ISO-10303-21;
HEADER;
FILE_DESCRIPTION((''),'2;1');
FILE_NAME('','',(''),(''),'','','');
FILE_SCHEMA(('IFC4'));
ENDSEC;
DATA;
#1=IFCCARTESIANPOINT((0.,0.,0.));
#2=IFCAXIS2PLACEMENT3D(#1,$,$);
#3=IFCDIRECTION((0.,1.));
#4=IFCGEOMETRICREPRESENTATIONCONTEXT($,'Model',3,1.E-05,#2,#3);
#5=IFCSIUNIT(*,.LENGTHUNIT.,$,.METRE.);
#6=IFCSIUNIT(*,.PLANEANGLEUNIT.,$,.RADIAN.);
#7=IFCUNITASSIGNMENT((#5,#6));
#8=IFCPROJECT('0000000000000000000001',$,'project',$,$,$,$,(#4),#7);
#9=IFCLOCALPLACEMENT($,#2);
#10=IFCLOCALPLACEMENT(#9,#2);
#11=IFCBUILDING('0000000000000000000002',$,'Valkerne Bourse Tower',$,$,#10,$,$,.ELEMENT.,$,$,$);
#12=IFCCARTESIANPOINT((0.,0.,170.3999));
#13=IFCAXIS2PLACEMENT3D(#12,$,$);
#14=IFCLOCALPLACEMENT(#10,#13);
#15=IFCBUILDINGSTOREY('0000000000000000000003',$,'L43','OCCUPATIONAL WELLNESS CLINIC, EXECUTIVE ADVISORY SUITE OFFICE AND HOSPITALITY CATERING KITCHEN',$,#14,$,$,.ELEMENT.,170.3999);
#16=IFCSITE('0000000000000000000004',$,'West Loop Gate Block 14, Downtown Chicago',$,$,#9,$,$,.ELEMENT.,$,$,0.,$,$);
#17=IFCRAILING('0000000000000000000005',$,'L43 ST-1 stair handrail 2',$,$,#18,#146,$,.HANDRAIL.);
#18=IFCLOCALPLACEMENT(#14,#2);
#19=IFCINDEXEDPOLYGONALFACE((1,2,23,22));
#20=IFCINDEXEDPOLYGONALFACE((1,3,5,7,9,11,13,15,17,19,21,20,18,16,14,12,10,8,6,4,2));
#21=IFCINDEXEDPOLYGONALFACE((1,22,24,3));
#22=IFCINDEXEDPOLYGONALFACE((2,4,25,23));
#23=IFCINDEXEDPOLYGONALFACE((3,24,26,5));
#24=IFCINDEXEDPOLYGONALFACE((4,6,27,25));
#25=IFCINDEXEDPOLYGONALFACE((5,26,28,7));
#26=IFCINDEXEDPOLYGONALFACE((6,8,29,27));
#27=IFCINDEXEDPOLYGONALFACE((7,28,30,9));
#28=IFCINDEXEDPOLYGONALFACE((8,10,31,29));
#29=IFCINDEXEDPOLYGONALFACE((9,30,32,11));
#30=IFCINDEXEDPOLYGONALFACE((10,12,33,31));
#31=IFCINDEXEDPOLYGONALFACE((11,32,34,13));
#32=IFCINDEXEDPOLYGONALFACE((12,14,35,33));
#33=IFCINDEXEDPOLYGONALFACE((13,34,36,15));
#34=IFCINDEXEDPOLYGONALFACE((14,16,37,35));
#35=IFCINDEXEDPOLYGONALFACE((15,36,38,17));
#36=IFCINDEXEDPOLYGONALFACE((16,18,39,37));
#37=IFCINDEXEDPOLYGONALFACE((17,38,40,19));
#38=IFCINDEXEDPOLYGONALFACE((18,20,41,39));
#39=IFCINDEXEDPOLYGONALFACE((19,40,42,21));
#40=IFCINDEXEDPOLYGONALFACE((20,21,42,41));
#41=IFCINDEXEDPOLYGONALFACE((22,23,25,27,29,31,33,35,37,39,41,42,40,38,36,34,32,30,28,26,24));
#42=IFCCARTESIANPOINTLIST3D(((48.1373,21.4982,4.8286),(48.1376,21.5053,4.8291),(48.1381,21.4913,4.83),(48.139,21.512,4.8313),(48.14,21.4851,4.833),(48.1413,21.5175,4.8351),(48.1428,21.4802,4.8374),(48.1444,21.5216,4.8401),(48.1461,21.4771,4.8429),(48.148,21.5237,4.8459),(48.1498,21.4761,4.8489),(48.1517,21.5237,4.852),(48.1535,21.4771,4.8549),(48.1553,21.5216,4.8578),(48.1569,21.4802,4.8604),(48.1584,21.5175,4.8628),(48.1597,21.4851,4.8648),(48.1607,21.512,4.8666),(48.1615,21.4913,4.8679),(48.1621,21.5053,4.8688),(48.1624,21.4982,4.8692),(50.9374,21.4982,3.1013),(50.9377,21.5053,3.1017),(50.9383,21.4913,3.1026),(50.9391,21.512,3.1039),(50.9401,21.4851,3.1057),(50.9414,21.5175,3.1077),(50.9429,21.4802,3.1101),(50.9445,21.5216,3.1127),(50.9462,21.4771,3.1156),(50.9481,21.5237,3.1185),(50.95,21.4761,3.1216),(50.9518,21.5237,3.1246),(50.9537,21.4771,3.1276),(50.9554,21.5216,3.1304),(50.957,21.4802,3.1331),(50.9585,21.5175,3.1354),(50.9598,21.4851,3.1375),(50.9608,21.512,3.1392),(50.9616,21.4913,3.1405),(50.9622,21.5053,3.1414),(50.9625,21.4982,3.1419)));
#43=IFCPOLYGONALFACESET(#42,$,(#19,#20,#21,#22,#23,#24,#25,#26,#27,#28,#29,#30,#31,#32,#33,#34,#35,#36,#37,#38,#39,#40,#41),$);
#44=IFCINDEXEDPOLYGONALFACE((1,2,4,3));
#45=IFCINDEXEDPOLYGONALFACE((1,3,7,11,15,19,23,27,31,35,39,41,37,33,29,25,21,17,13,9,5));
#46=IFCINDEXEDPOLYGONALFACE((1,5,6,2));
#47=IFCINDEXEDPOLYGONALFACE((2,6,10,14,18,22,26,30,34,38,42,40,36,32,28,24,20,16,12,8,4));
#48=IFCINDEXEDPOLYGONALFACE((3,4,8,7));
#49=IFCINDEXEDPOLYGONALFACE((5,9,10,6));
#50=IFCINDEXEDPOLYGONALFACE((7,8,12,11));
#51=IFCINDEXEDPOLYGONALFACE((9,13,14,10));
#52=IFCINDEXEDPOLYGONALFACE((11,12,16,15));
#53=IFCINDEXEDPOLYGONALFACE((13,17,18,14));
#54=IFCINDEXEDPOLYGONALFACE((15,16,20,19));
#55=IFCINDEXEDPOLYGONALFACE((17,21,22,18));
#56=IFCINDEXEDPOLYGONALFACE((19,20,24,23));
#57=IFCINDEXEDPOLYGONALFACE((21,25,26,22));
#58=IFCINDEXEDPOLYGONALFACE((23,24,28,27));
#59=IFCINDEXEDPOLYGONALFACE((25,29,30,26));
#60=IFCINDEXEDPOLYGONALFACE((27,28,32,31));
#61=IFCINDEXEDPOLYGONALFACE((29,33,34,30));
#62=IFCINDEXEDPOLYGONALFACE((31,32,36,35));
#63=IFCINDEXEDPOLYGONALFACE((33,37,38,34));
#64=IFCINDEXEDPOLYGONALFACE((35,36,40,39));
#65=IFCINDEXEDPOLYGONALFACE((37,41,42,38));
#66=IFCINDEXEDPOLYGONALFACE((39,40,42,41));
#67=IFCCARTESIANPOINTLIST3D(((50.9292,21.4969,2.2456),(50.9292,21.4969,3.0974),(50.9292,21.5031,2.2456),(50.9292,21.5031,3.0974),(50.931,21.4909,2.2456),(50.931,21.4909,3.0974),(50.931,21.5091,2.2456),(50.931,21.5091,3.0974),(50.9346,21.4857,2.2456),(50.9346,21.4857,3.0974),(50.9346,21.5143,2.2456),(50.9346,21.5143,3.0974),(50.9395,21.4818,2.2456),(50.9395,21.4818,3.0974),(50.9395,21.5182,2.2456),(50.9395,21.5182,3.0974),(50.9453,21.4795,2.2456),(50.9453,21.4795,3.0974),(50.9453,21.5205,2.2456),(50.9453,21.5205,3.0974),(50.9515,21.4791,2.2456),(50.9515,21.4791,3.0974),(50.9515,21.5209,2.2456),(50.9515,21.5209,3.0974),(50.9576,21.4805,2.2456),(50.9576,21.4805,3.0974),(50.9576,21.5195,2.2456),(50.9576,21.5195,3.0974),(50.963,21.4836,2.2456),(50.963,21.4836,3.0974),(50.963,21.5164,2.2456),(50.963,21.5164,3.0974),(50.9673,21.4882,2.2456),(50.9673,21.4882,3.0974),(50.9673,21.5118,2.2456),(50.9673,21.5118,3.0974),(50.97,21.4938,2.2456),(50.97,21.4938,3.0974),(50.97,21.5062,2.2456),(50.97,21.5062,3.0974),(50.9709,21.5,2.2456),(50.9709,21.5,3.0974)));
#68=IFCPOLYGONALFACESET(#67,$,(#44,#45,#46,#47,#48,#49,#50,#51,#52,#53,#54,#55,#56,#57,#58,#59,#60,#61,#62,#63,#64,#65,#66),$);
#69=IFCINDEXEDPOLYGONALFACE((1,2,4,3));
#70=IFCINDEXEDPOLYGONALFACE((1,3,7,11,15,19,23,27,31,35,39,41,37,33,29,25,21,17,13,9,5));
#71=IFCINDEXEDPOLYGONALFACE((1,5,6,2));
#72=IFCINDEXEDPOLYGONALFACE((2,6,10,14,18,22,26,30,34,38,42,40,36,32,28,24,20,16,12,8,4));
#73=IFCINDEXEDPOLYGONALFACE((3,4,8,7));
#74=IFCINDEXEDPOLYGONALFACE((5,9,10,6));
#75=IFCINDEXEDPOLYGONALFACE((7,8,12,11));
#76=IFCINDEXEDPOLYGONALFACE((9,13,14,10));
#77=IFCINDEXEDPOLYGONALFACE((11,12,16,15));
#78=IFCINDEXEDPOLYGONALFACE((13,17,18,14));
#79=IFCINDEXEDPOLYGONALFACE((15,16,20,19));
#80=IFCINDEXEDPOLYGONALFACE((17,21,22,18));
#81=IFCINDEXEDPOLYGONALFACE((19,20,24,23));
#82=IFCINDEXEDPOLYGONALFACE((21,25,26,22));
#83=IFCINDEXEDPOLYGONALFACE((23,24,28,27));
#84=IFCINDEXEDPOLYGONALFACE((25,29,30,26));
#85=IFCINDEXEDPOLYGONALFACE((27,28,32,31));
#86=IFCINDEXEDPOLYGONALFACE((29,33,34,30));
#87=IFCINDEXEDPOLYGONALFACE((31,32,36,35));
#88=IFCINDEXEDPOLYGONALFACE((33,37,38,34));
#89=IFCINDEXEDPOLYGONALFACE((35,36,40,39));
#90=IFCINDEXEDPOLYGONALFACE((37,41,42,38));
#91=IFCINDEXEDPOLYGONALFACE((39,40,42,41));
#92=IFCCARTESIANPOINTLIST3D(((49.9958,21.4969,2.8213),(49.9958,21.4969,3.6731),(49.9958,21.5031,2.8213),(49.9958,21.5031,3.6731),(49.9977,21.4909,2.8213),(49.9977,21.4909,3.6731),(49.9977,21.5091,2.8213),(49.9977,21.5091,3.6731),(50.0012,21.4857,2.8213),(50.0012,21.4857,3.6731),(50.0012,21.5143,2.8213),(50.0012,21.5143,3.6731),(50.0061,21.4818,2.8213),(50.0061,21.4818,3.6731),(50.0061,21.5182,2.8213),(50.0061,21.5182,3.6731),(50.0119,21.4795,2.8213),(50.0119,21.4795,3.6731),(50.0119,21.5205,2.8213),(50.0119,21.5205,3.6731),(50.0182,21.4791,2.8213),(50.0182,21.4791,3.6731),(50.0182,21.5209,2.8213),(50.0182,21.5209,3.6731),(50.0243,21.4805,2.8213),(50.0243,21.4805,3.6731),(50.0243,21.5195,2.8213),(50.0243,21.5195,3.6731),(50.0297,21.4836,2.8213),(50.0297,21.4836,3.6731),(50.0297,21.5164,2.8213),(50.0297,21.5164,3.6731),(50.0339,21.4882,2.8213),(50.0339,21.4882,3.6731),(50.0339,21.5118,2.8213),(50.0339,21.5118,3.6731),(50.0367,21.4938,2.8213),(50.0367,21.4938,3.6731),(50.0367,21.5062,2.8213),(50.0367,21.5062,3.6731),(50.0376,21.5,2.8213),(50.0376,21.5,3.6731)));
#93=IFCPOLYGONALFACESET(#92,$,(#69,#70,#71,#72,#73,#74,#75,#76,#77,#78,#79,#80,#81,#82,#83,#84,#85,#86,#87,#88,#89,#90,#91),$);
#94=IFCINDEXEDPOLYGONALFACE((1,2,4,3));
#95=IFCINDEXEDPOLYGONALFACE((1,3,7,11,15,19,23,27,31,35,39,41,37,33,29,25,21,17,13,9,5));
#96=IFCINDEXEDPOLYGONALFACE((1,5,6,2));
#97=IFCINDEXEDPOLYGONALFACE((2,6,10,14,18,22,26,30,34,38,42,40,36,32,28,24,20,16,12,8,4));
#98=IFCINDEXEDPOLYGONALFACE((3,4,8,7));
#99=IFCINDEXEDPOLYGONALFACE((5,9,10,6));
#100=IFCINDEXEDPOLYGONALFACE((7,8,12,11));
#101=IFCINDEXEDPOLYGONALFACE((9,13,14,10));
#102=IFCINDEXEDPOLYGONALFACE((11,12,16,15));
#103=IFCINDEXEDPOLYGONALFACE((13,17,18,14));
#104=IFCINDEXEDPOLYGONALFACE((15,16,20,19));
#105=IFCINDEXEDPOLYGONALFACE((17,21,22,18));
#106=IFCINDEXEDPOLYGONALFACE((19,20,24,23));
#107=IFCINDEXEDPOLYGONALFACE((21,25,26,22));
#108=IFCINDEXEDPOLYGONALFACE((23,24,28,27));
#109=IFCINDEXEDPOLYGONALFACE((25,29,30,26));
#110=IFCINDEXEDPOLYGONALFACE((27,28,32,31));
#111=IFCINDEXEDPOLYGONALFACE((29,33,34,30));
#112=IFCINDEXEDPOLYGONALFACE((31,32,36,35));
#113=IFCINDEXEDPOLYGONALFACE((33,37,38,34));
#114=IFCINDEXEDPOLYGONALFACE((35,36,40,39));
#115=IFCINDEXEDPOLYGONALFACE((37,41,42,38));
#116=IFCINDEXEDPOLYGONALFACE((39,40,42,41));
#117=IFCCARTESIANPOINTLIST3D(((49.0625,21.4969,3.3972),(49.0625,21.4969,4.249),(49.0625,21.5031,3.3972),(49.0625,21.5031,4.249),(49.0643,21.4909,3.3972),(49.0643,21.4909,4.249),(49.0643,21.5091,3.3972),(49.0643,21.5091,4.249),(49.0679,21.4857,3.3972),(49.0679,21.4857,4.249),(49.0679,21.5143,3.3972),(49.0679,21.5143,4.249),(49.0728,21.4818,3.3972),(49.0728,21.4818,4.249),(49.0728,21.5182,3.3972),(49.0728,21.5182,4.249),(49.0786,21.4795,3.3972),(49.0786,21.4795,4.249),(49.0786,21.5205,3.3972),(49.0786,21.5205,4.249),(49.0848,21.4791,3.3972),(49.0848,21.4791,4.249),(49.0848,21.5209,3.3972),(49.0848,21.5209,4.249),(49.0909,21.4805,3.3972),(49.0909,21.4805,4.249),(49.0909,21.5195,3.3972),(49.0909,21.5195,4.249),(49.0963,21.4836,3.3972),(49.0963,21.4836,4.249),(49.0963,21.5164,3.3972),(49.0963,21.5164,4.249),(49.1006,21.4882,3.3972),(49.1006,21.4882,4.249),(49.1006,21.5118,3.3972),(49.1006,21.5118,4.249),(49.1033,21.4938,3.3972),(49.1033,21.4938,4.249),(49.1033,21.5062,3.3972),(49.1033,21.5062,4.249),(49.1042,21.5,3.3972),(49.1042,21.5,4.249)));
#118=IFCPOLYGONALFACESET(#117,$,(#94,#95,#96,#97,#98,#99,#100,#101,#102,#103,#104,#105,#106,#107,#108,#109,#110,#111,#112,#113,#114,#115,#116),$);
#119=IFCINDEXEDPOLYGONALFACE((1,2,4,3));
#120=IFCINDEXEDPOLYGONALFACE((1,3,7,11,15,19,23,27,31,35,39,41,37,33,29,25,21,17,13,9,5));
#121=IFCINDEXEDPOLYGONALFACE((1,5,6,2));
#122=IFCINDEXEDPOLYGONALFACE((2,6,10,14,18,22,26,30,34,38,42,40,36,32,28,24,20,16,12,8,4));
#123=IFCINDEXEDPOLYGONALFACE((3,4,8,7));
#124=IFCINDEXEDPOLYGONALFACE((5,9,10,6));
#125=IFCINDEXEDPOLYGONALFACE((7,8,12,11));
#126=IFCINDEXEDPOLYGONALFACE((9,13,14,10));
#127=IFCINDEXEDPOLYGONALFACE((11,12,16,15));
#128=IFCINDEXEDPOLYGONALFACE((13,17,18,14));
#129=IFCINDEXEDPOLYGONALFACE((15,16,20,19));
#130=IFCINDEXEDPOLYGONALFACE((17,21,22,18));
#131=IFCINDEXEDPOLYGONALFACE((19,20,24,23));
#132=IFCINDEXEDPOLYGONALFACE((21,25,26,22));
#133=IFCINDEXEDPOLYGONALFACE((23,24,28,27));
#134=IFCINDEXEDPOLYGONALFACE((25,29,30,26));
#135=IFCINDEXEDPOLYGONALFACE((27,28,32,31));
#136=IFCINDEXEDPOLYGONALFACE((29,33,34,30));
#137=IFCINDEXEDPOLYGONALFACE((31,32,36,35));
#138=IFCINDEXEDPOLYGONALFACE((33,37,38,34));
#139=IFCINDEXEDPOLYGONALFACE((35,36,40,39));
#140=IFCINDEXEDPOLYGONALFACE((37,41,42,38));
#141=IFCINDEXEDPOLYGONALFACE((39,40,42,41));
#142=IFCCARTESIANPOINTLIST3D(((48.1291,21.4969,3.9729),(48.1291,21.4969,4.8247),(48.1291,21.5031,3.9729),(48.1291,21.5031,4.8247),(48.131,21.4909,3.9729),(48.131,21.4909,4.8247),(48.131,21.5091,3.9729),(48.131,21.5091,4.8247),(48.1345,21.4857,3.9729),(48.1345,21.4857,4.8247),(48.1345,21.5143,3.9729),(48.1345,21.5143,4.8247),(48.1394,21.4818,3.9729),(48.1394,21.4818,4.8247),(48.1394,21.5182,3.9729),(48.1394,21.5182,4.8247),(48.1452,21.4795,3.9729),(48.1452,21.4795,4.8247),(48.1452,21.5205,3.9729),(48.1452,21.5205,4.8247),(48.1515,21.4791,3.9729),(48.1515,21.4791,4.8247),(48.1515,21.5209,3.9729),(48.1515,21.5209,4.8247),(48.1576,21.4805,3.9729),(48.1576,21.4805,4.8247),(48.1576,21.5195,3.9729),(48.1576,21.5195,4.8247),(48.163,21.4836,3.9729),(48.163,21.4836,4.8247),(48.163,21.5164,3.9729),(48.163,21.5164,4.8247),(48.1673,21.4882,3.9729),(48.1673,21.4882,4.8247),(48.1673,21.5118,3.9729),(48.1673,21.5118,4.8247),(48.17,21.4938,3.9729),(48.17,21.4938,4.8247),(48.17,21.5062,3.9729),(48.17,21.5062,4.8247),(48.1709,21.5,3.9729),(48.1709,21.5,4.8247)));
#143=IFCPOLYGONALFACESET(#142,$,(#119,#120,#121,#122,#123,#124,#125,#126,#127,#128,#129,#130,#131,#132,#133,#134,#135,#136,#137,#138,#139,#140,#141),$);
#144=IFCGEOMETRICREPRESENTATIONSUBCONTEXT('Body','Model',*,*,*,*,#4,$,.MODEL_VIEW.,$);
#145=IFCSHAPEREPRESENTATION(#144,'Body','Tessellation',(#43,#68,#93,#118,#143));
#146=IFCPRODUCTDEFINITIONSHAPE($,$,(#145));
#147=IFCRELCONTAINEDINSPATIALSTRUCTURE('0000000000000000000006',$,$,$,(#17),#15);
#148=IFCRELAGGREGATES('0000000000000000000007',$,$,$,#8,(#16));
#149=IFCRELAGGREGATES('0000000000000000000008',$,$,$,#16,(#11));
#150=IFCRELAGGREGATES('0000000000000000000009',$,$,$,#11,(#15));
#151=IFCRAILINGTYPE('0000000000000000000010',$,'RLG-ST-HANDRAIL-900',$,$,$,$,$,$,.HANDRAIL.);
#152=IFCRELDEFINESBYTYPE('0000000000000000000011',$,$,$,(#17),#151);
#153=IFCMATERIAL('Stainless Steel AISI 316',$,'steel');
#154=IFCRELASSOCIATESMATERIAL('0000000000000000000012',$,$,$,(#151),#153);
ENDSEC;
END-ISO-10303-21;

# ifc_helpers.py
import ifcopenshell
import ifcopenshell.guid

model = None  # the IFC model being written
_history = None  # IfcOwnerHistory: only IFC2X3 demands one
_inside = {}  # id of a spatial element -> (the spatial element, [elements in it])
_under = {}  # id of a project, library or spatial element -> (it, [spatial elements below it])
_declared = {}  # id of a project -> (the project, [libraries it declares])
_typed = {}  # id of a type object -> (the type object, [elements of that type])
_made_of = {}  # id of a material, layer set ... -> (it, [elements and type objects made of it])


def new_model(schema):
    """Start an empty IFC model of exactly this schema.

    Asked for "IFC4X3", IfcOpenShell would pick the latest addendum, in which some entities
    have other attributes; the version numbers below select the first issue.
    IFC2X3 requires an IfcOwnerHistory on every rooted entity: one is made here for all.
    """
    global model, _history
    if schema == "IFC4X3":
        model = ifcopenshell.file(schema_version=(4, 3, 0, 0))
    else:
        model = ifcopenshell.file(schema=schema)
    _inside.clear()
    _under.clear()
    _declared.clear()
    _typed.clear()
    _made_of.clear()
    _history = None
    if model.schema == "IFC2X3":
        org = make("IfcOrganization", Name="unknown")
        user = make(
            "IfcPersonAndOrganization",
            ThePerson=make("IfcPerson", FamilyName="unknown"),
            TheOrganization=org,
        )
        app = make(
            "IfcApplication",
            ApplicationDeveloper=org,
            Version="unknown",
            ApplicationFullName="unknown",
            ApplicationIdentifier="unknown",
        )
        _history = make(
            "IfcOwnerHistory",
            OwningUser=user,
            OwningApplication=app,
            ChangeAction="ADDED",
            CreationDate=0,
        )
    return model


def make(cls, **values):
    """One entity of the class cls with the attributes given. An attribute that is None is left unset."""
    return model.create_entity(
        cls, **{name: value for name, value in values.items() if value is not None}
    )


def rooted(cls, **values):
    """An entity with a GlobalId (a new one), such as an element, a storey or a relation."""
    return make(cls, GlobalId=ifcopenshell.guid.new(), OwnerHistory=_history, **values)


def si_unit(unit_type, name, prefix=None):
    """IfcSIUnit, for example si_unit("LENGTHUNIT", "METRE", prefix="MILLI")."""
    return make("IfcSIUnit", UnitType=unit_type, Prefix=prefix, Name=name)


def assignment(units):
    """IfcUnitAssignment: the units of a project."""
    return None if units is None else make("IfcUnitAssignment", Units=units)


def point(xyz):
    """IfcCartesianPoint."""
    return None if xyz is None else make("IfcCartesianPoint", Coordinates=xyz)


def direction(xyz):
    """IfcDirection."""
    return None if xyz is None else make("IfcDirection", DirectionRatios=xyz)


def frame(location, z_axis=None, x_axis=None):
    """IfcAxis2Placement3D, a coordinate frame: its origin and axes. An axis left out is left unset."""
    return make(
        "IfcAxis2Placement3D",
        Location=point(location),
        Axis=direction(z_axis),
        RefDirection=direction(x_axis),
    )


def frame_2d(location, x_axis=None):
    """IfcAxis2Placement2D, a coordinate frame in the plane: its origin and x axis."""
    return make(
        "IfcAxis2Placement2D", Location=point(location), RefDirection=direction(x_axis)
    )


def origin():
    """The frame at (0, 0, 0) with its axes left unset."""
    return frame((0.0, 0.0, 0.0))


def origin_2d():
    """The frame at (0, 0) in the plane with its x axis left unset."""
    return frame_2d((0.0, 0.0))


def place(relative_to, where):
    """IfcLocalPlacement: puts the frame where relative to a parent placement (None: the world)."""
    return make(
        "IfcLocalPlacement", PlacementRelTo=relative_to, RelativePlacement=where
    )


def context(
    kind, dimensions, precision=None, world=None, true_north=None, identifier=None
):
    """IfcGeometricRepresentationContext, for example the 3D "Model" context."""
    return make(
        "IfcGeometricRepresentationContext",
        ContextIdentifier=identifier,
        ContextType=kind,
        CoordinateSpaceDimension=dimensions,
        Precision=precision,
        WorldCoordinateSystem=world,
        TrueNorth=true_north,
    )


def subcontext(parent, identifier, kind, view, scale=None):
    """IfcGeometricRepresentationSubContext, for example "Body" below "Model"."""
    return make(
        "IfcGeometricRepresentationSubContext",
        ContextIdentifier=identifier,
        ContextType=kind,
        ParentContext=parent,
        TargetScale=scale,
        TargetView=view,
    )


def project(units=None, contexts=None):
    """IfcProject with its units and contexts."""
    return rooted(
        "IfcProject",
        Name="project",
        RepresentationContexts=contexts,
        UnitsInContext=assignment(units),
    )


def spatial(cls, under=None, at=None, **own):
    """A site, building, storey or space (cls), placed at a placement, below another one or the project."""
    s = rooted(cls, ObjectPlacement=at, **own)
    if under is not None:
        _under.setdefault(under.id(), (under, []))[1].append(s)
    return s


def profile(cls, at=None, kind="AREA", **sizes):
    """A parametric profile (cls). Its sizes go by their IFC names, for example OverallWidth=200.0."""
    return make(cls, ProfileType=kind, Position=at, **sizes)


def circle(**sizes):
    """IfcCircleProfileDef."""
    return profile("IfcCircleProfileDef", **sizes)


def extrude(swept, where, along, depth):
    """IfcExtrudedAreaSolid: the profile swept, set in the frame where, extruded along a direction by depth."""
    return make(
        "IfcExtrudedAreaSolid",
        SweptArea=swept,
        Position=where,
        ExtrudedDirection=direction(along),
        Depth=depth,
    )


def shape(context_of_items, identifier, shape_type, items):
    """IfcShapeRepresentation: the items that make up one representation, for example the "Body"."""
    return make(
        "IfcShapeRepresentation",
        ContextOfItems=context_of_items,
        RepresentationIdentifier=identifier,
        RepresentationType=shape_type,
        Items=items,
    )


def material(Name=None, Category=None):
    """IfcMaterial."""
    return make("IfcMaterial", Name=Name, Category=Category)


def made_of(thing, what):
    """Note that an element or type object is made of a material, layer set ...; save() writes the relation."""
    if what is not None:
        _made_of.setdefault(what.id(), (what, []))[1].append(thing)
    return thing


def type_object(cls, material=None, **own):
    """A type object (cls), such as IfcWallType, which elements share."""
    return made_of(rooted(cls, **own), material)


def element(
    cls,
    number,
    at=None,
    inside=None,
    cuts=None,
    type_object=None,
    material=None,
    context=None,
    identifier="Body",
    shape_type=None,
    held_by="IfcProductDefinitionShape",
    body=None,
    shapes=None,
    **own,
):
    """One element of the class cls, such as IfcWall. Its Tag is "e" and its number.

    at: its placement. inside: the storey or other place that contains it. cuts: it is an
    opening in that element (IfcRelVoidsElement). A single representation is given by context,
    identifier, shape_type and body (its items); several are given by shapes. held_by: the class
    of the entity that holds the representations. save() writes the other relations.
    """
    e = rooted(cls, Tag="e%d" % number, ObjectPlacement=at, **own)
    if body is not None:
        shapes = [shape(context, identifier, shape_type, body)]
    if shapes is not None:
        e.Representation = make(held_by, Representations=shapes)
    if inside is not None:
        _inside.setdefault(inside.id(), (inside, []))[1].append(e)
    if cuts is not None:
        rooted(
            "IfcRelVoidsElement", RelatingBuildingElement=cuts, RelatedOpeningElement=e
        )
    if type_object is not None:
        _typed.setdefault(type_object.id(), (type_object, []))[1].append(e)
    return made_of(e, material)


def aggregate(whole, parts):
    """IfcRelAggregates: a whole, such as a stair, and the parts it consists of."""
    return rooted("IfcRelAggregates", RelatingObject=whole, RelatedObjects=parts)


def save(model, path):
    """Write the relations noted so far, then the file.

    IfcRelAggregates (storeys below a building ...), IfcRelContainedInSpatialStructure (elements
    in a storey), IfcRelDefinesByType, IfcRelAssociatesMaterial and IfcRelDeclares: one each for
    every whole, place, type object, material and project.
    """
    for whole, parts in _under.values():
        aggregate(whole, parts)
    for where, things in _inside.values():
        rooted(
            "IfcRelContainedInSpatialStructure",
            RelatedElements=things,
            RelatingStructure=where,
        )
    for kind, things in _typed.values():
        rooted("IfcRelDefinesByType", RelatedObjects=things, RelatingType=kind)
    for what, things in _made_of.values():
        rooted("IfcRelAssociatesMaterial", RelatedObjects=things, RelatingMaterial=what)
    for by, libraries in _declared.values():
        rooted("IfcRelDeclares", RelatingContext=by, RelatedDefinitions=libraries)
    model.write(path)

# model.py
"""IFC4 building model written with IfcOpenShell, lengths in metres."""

from ifc_helpers import new_model, si_unit, direction, frame, origin, origin_2d, place, context, subcontext, project, spatial, circle, extrude, material, type_object, element, save


model = new_model("IFC4")

# Units and contexts
model_context = context("Model", 3, precision=1e-05, world=origin(), true_north=direction((0.0, 1.0)))
body_context = subcontext(model_context, "Body", "Model", "MODEL_VIEW")
ifc_project = project(units=[si_unit("LENGTHUNIT", "METRE"), si_unit("PLANEANGLEUNIT", "RADIAN")], contexts=[model_context])

# Site, building, storey
site_placement = place(None, origin())
site = spatial("IfcSite", under=ifc_project, at=site_placement, Name="West Loop Gate Block 14, Downtown Chicago", CompositionType="ELEMENT", RefElevation=0.0)
building_placement = place(site_placement, origin())
building = spatial("IfcBuilding", under=site, at=building_placement, Name="Valkerne Bourse Tower", CompositionType="ELEMENT")
storey_placement = place(building_placement, frame((0.0, 0.0, 170.3999)))
storey = spatial("IfcBuildingStorey", under=building, at=storey_placement, Name="L43", Description="OCCUPATIONAL WELLNESS CLINIC, EXECUTIVE ADVISORY SUITE OFFICE AND HOSPITALITY CATERING KITCHEN", CompositionType="ELEMENT", Elevation=170.3999)

# Shared definitions
ifc_material_1 = material(Name="Stainless Steel AISI 316", Category="steel")

# Railing
railing_type_1 = type_object("IfcRailingType", Name="RLG-ST-HANDRAIL-900", PredefinedType="HANDRAIL", material=ifc_material_1)
railing_1_placement = place(storey_placement, frame((50.95, 21.5, 2.2456)))
element("IfcRailing", 1, at=railing_1_placement, inside=storey, type_object=railing_type_1, Name="L43 ST-1 stair handrail 2", PredefinedType="HANDRAIL", context=body_context, shape_type="SweptSolid", body=[
    extrude(circle(Radius=0.0239, at=origin_2d()), frame((0.0, 0.0, 0.876), z_axis=(-0.85109, 0.0, 0.52502), x_axis=(0.0, -1.0, 0.0)), (0.0, 0.0, 1.0), 3.29),
    extrude(circle(Radius=0.021, at=origin_2d()), origin(), (0.0, 0.0, 1.0), 0.8518),
    extrude(circle(Radius=0.021, at=origin_2d()), frame((-0.9333, 0.0, 0.5757)), (0.0, 0.0, 1.0), 0.8518),
    extrude(circle(Radius=0.021, at=origin_2d()), frame((-1.8667, 0.0, 1.1516)), (0.0, 0.0, 1.0), 0.8518),
    extrude(circle(Radius=0.021, at=origin_2d()), frame((-2.8, 0.0, 1.7273)), (0.0, 0.0, 1.0), 0.8518),
])

save(model, "model.ifc")
